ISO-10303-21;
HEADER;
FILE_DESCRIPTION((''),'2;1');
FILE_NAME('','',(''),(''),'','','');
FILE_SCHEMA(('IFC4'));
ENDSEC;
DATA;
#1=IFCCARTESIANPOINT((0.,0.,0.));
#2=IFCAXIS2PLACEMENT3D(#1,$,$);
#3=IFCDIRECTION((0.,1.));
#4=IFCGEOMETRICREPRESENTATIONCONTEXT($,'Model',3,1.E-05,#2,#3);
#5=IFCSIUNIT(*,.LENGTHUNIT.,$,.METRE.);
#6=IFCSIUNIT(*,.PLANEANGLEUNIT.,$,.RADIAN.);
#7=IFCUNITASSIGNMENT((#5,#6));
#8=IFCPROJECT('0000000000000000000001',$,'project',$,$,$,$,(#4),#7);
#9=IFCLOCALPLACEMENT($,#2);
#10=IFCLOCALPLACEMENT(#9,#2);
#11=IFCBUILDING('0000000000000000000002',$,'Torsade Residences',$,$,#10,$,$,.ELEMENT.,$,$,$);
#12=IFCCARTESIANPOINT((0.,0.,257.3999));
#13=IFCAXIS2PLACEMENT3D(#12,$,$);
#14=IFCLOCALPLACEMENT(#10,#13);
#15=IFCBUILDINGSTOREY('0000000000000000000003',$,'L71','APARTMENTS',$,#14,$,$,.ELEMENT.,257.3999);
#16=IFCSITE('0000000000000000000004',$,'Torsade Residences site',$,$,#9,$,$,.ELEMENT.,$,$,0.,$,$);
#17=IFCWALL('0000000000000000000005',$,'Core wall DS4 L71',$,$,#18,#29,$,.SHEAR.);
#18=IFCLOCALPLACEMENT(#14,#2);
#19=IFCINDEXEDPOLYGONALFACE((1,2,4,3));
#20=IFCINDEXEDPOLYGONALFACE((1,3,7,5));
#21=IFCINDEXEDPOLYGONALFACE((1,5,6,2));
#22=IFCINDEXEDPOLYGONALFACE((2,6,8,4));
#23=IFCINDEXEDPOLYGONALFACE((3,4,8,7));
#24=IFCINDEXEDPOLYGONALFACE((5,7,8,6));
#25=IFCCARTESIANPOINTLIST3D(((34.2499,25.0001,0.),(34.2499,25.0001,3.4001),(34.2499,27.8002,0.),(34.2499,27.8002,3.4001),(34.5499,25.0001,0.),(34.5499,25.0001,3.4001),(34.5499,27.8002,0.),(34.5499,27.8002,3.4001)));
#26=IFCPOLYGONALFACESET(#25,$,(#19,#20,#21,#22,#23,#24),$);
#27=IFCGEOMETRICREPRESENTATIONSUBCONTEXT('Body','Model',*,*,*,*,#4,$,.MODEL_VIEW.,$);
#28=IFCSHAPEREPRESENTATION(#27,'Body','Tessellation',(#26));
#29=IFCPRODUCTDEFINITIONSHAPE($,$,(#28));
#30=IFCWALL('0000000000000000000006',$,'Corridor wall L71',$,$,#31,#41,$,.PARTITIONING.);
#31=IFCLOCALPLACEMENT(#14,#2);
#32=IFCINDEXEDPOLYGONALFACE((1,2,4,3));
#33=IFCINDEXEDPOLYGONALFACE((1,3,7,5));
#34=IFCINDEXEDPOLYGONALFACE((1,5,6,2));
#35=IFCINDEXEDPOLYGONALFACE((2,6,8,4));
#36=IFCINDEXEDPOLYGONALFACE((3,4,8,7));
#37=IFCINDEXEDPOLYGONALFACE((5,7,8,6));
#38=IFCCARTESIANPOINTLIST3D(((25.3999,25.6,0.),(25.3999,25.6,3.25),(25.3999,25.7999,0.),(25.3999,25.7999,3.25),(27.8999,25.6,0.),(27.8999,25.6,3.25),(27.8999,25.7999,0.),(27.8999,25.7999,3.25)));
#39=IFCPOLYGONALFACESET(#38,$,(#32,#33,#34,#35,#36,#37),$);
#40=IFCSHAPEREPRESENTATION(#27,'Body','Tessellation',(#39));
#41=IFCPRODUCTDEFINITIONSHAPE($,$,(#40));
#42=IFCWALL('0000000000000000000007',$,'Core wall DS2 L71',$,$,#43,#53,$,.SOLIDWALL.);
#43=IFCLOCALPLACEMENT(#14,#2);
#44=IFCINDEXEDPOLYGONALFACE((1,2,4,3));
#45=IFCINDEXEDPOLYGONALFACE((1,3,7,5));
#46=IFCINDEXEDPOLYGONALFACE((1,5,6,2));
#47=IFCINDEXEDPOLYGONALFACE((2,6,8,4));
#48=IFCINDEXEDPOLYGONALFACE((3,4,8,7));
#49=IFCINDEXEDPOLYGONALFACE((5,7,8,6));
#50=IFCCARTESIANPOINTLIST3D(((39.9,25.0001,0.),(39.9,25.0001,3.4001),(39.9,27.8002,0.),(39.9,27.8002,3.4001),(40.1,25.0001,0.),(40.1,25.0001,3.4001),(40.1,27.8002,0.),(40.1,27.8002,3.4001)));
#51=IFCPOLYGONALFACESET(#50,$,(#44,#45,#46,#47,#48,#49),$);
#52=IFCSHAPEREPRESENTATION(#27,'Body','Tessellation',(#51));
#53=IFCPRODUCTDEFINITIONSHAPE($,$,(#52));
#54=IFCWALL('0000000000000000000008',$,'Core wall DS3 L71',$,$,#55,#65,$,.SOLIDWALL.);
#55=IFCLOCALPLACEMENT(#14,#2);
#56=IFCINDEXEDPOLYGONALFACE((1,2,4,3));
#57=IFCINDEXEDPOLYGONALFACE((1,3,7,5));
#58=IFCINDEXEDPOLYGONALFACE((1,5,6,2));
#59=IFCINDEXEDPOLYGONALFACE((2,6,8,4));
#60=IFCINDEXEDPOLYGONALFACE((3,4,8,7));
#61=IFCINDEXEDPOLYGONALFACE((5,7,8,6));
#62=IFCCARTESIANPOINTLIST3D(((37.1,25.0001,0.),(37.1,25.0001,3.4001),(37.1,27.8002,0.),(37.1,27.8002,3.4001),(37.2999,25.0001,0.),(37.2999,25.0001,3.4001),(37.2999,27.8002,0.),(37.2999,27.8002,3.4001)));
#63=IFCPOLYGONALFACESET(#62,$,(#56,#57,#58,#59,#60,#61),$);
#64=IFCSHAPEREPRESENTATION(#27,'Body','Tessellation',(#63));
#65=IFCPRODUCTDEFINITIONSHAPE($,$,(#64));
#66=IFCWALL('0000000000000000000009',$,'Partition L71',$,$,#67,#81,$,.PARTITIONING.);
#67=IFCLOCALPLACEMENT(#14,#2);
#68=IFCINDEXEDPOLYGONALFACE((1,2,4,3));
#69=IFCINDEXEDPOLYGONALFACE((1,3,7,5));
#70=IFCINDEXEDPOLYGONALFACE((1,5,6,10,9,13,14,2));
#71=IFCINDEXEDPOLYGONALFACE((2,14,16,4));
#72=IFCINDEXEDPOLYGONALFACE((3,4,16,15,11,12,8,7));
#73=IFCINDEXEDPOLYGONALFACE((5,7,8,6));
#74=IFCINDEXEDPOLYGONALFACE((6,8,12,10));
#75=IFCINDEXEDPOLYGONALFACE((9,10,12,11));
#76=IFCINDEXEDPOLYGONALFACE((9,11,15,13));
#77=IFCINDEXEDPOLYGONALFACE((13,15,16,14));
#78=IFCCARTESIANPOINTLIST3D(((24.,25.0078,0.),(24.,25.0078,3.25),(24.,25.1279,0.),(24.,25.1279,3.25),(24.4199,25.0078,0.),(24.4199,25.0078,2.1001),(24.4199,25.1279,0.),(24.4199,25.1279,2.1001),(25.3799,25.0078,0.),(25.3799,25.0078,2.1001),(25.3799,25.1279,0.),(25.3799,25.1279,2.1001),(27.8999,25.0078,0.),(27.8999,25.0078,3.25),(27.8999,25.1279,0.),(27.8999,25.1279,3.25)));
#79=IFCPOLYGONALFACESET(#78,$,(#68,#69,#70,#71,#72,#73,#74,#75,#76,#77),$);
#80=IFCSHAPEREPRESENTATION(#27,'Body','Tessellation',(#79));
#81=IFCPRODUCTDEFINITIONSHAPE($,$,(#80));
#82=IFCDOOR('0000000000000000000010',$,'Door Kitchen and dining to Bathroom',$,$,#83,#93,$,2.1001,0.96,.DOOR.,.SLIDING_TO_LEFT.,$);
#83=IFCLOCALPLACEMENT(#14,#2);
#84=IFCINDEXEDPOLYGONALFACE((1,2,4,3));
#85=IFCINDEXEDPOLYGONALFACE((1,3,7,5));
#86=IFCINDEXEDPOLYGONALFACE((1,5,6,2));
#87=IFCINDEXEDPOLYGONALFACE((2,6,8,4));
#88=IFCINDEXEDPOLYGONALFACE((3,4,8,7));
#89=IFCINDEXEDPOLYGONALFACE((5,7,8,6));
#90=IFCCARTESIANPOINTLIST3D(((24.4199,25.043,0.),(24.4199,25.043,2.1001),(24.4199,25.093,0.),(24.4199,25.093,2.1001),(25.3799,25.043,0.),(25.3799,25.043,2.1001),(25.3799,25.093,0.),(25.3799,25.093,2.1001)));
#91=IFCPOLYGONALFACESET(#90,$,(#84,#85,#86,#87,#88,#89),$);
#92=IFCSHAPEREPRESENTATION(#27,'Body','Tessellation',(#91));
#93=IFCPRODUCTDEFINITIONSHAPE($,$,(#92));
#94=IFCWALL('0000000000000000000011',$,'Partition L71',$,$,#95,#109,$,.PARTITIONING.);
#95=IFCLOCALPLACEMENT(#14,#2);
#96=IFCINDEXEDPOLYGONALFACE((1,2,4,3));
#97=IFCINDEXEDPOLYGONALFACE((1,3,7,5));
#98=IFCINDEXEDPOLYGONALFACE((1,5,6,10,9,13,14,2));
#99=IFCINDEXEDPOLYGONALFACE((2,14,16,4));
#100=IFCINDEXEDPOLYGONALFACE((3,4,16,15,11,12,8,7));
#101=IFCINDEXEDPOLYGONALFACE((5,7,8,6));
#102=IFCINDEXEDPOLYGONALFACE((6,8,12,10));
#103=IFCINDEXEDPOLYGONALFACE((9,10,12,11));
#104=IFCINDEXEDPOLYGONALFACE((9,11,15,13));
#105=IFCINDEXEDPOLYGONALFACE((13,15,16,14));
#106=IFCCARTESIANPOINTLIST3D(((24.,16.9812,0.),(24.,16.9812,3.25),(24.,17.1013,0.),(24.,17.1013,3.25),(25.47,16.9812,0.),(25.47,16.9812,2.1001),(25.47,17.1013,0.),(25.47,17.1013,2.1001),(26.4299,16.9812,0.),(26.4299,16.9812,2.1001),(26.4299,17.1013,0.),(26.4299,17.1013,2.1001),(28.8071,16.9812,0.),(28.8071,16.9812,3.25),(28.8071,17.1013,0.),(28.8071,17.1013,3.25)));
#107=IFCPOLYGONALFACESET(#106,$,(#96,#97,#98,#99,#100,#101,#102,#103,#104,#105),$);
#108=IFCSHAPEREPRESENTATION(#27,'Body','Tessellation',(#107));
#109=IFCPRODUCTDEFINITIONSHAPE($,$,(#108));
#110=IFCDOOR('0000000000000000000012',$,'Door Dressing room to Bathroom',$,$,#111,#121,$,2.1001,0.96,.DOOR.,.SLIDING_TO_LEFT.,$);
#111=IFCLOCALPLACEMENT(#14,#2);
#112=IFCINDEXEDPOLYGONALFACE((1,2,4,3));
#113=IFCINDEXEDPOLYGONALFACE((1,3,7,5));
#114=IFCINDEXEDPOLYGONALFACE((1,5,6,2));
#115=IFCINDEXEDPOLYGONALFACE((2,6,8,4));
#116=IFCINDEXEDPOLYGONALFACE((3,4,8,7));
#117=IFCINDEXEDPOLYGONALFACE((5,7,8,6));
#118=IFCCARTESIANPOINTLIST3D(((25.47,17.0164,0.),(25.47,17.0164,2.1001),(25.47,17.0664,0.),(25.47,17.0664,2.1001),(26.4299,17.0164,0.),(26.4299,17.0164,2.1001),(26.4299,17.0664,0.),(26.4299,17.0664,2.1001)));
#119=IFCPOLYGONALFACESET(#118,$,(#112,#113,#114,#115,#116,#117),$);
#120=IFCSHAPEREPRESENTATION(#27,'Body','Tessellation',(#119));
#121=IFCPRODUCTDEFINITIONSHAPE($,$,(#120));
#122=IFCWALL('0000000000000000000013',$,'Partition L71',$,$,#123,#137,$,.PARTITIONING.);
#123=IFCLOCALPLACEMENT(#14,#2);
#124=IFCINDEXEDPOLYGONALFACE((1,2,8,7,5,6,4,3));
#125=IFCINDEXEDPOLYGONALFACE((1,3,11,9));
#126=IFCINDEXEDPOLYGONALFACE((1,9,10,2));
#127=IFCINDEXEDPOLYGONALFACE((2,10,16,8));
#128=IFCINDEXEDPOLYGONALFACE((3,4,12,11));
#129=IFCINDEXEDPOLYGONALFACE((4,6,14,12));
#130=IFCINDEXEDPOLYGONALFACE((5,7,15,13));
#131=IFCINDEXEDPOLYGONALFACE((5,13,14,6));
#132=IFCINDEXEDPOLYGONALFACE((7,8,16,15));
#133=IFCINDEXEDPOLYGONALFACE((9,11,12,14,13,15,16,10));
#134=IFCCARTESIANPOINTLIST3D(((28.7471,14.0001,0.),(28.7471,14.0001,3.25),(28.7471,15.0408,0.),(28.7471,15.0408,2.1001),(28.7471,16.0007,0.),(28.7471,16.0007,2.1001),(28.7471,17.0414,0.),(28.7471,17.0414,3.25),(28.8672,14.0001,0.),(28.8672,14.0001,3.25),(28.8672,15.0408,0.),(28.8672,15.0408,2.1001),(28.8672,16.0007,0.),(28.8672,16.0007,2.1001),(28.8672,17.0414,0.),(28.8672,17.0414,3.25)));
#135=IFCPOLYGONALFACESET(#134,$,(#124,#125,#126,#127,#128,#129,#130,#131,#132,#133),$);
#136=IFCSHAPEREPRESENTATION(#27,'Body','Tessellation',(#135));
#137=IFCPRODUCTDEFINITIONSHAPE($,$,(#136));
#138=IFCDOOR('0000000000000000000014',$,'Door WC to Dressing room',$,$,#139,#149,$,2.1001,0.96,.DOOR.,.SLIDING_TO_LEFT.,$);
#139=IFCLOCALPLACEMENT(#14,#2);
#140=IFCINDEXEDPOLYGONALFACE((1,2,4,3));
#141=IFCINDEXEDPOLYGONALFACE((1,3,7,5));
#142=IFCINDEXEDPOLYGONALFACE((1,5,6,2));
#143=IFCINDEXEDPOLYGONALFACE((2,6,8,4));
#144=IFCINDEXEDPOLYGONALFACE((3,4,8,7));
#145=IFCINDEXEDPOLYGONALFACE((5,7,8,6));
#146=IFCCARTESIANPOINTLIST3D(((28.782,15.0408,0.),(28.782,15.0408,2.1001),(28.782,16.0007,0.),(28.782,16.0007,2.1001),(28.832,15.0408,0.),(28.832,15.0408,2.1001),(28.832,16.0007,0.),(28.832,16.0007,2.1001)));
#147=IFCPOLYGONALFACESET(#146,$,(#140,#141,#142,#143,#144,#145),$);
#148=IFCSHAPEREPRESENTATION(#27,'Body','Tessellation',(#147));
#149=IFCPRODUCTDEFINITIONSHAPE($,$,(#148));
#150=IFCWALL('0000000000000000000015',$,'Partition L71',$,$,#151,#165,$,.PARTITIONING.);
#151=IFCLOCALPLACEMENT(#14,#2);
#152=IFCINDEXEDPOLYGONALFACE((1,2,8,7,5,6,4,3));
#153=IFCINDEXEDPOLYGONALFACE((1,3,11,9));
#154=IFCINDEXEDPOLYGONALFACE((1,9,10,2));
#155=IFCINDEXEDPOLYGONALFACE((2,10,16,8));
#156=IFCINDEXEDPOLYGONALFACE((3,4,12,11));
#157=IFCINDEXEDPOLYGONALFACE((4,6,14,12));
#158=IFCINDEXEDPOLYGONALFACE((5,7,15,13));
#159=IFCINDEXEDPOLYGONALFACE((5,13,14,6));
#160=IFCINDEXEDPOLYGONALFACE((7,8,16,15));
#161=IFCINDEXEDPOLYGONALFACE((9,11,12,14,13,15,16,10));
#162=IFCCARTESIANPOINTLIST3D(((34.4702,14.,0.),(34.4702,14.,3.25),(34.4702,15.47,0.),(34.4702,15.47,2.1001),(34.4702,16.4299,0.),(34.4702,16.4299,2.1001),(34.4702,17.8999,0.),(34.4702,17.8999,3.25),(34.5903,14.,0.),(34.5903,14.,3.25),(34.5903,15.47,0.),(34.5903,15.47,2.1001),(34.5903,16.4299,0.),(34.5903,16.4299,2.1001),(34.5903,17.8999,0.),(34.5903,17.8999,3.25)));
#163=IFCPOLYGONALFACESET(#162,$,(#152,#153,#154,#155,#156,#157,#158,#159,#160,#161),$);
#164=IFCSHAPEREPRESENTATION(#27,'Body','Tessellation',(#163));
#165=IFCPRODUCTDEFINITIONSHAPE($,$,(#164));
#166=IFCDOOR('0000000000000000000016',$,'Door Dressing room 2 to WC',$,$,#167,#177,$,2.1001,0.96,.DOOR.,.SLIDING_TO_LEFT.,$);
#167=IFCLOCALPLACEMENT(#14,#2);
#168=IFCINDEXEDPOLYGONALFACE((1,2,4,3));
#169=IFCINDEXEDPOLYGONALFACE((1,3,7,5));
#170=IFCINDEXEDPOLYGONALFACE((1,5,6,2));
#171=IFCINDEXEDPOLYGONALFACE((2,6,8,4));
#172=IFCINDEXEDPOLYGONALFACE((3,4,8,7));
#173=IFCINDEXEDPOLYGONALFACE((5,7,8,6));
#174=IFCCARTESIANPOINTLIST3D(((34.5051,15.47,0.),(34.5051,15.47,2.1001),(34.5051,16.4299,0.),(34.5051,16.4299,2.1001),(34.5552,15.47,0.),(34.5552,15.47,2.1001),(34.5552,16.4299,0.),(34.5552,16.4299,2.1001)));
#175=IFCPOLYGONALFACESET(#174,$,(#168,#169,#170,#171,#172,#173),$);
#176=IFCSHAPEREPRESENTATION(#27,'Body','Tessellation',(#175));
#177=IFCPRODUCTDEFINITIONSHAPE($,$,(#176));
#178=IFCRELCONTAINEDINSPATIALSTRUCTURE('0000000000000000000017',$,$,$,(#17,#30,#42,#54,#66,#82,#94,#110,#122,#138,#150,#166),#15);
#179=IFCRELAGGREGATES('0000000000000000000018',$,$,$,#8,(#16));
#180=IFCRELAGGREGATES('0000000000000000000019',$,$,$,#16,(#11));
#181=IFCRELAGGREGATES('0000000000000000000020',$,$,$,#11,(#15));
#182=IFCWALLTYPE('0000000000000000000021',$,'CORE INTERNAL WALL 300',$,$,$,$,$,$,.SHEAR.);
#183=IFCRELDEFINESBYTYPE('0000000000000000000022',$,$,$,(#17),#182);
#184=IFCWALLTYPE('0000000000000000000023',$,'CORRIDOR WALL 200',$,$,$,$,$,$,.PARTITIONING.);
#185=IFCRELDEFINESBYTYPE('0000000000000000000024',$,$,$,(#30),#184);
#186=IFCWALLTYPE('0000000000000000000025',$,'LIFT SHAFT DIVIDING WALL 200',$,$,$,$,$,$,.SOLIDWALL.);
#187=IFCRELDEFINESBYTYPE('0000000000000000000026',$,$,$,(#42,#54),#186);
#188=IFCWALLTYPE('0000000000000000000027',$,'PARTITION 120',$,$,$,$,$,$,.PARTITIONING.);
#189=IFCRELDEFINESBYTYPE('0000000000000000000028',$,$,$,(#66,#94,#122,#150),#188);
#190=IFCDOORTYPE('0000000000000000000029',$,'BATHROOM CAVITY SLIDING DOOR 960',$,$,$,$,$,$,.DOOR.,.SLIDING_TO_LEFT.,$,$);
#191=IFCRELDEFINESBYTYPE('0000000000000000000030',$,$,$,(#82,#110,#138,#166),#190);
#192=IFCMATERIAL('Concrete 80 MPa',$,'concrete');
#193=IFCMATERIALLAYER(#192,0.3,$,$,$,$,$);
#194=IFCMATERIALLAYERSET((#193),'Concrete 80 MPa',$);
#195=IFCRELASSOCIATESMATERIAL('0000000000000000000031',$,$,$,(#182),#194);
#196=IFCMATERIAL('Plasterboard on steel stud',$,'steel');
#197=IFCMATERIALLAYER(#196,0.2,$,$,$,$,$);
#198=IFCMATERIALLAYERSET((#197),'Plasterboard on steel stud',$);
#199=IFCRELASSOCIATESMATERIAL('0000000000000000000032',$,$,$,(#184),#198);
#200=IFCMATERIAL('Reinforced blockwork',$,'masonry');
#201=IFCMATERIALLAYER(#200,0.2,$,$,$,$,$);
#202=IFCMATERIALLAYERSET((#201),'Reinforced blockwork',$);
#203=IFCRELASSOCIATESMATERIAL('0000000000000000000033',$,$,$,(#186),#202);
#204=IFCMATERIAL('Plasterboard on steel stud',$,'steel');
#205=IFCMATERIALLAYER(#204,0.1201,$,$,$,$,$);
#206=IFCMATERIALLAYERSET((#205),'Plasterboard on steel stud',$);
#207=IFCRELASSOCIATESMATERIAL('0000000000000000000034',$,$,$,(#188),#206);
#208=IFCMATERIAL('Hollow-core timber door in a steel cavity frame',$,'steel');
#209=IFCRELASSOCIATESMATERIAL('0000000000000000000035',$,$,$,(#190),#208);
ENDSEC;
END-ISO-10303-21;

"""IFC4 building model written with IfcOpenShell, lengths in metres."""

from ifc_helpers import new_model, si_unit, direction, frame, frame_2d, origin, place, context, subcontext, project, spatial, rectangle, extrude, material, layer, layer_set, type_object, element, fill, save


model = new_model("IFC4")

# Units and contexts
model_context = context("Model", 3, precision=1e-05, world=origin(), true_north=direction((0.0, 1.0)))
body_context = subcontext(model_context, "Body", "Model", "MODEL_VIEW")
ifc_project = project(units=[si_unit("LENGTHUNIT", "METRE"), si_unit("PLANEANGLEUNIT", "RADIAN")], contexts=[model_context])

# Site, building, storey
site_placement = place(None, origin())
site = spatial("IfcSite", under=ifc_project, at=site_placement, Name="Torsade Residences site", CompositionType="ELEMENT", RefElevation=0.0)
building_placement = place(site_placement, origin())
building = spatial("IfcBuilding", under=site, at=building_placement, Name="Torsade Residences", CompositionType="ELEMENT")
storey_placement = place(building_placement, frame((0.0, 0.0, 257.3999)))
storey = spatial("IfcBuildingStorey", under=building, at=storey_placement, Name="L71", Description="APARTMENTS", CompositionType="ELEMENT", Elevation=257.3999)

# Walls
ifc_material_1 = material(Name="Concrete 80 MPa", Category="concrete")
ifc_layer_1 = layer(ifc_material_1, 0.3)
ifc_layer_set_1 = layer_set([ifc_layer_1], Name="Concrete 80 MPa")
wall_type_1 = type_object("IfcWallType", Name="CORE INTERNAL WALL 300", PredefinedType="SHEAR", material=ifc_layer_set_1)
wall_1_placement = place(storey_placement, frame((34.3999, 27.8, 0.0), z_axis=(0.0, 0.0, 1.0), x_axis=(0.0, -1.0, 0.0)))
element("IfcWall", 1, at=wall_1_placement, inside=storey, type_object=wall_type_1, Name="Core wall DS4 L71", PredefinedType="SHEAR", context=body_context, shape_type="SweptSolid", body=[
    extrude(rectangle(XDim=2.8, YDim=0.3, at=frame_2d((1.3999, 0.0))), origin(), (0.0, 0.0, 1.0), 3.4001),
])
ifc_material_2 = material(Name="Plasterboard on steel stud", Category="steel")
ifc_layer_2 = layer(ifc_material_2, 0.2)
ifc_layer_set_2 = layer_set([ifc_layer_2], Name="Plasterboard on steel stud")
wall_type_2 = type_object("IfcWallType", Name="CORRIDOR WALL 200", PredefinedType="PARTITIONING", material=ifc_layer_set_2)
wall_2_placement = place(storey_placement, frame((27.8999, 25.7, 0.0), z_axis=(0.0, 0.0, 1.0), x_axis=(-1.0, 0.0, 0.0)))
element("IfcWall", 2, at=wall_2_placement, inside=storey, type_object=wall_type_2, Name="Corridor wall L71", PredefinedType="PARTITIONING", context=body_context, shape_type="SweptSolid", body=[
    extrude(rectangle(XDim=2.5, YDim=0.2, at=frame_2d((1.25, 0.0))), origin(), (0.0, 0.0, 1.0), 3.25),
])
ifc_material_3 = material(Name="Reinforced blockwork", Category="masonry")
ifc_layer_3 = layer(ifc_material_3, 0.2)
ifc_layer_set_3 = layer_set([ifc_layer_3], Name="Reinforced blockwork")
wall_type_3 = type_object("IfcWallType", Name="LIFT SHAFT DIVIDING WALL 200", PredefinedType="SOLIDWALL", material=ifc_layer_set_3)
for number, where, z_axis, x_axis, name in (
    (3, (40.0, 27.8, 0.0), (0.0, 0.0, 1.0), (0.0, -1.0, 0.0), "Core wall DS2 L71"),
    (4, (37.2, 27.8, 0.0), (0.0, 0.0, 1.0), (0.0, -1.0, 0.0), "Core wall DS3 L71"),
):
    element("IfcWall", number, at=place(storey_placement, frame(where, z_axis=z_axis, x_axis=x_axis)), inside=storey, type_object=wall_type_3, Name=name, PredefinedType="SOLIDWALL", context=body_context, shape_type="SweptSolid", body=[
        extrude(rectangle(XDim=2.8, YDim=0.2, at=frame_2d((1.3999, 0.0))), origin(), (0.0, 0.0, 1.0), 3.4001),
    ])

# Walls, openings, doors
ifc_material_4 = material(Name="Plasterboard on steel stud", Category="steel")
ifc_layer_4 = layer(ifc_material_4, 0.1201)
ifc_layer_set_4 = layer_set([ifc_layer_4], Name="Plasterboard on steel stud")
wall_type_4 = type_object("IfcWallType", Name="PARTITION 120", PredefinedType="PARTITIONING", material=ifc_layer_set_4)
wall_3_placement = place(storey_placement, frame((27.8999, 25.0679, 0.0), z_axis=(0.0, 0.0, 1.0), x_axis=(-1.0, 0.0, 0.0)))
wall_3 = element("IfcWall", 5, at=wall_3_placement, inside=storey, type_object=wall_type_4, Name="Partition L71", PredefinedType="PARTITIONING", context=body_context, shape_type="SweptSolid", body=[
    extrude(rectangle(XDim=3.8999, YDim=0.1201, at=frame_2d((1.95, 0.0))), origin(), (0.0, 0.0, 1.0), 3.25),
])
opening_1_placement = place(wall_3_placement, frame((2.52, 0.0, 0.0)))
opening_1 = element("IfcOpeningElement", 6, at=opening_1_placement, cuts=wall_3, PredefinedType="OPENING", context=body_context, shape_type="SweptSolid", body=[
    extrude(rectangle(XDim=0.96, YDim=2.1001, at=frame_2d((0.48, 1.05))), frame((0.0, 0.0701, 0.0), z_axis=(0.0, -1.0, 0.0), x_axis=(1.0, 0.0, 0.0)), (0.0, 0.0, 1.0), 0.1401),
])
ifc_material_5 = material(Name="Hollow-core timber door in a steel cavity frame", Category="steel")
door_type_1 = type_object("IfcDoorType", Name="BATHROOM CAVITY SLIDING DOOR 960", OperationType="SLIDING_TO_LEFT", PredefinedType="DOOR", material=ifc_material_5)
door_1_placement = place(opening_1_placement, origin())
door_1 = element("IfcDoor", 7, at=door_1_placement, inside=storey, type_object=door_type_1, Name="Door Kitchen and dining to Bathroom", OperationType="SLIDING_TO_LEFT", OverallHeight=2.1001, OverallWidth=0.96, PredefinedType="DOOR", context=body_context, shape_type="SweptSolid", body=[
    extrude(rectangle(XDim=0.96, YDim=2.1001, at=frame_2d((0.48, 1.05))), frame((0.0, 0.0249, 0.0), z_axis=(0.0, -1.0, 0.0), x_axis=(1.0, 0.0, 0.0)), (0.0, 0.0, 1.0), 0.05),
])
fill(opening_1, door_1)
wall_4_placement = place(storey_placement, frame((28.8071, 17.0413, 0.0), z_axis=(0.0, 0.0, 1.0), x_axis=(-1.0, 0.0, 0.0)))
wall_4 = element("IfcWall", 8, at=wall_4_placement, inside=storey, type_object=wall_type_4, Name="Partition L71", PredefinedType="PARTITIONING", context=body_context, shape_type="SweptSolid", body=[
    extrude(rectangle(XDim=4.8071, YDim=0.1201, at=frame_2d((2.4036, 0.0))), origin(), (0.0, 0.0, 1.0), 3.25),
])
opening_2_placement = place(wall_4_placement, frame((2.3772, 0.0, 0.0)))
opening_2 = element("IfcOpeningElement", 9, at=opening_2_placement, cuts=wall_4, PredefinedType="OPENING", context=body_context, shape_type="SweptSolid", body=[
    extrude(rectangle(XDim=0.96, YDim=2.1001, at=frame_2d((0.48, 1.05))), frame((0.0, 0.0701, 0.0), z_axis=(0.0, -1.0, 0.0), x_axis=(1.0, 0.0, 0.0)), (0.0, 0.0, 1.0), 0.1401),
])
door_2_placement = place(opening_2_placement, origin())
door_2 = element("IfcDoor", 10, at=door_2_placement, inside=storey, type_object=door_type_1, Name="Door Dressing room to Bathroom", OperationType="SLIDING_TO_LEFT", OverallHeight=2.1001, OverallWidth=0.96, PredefinedType="DOOR", context=body_context, shape_type="SweptSolid", body=[
    extrude(rectangle(XDim=0.96, YDim=2.1001, at=frame_2d((0.48, 1.05))), frame((0.0, 0.0249, 0.0), z_axis=(0.0, -1.0, 0.0), x_axis=(1.0, 0.0, 0.0)), (0.0, 0.0, 1.0), 0.05),
])
fill(opening_2, door_2)
wall_5_placement = place(storey_placement, frame((28.8071, 17.0413, 0.0), z_axis=(0.0, 0.0, 1.0), x_axis=(0.0, -1.0, 0.0)))
wall_5 = element("IfcWall", 11, at=wall_5_placement, inside=storey, type_object=wall_type_4, Name="Partition L71", PredefinedType="PARTITIONING", context=body_context, shape_type="SweptSolid", body=[
    extrude(rectangle(XDim=3.0413, YDim=0.1201, at=frame_2d((1.5205, 0.0))), origin(), (0.0, 0.0, 1.0), 3.25),
])
opening_3_placement = place(wall_5_placement, frame((1.0405, 0.0, 0.0)))
opening_3 = element("IfcOpeningElement", 12, at=opening_3_placement, cuts=wall_5, PredefinedType="OPENING", context=body_context, shape_type="SweptSolid", body=[
    extrude(rectangle(XDim=0.96, YDim=2.1001, at=frame_2d((0.48, 1.05))), frame((0.0, 0.0701, 0.0), z_axis=(0.0, -1.0, 0.0), x_axis=(1.0, 0.0, 0.0)), (0.0, 0.0, 1.0), 0.1401),
])
door_3_placement = place(opening_3_placement, origin())
door_3 = element("IfcDoor", 13, at=door_3_placement, inside=storey, type_object=door_type_1, Name="Door WC to Dressing room", OperationType="SLIDING_TO_LEFT", OverallHeight=2.1001, OverallWidth=0.96, PredefinedType="DOOR", context=body_context, shape_type="SweptSolid", body=[
    extrude(rectangle(XDim=0.96, YDim=2.1001, at=frame_2d((0.48, 1.05))), frame((0.0, 0.0249, 0.0), z_axis=(0.0, -1.0, 0.0), x_axis=(1.0, 0.0, 0.0)), (0.0, 0.0, 1.0), 0.05),
])
fill(opening_3, door_3)
wall_6_placement = place(storey_placement, frame((34.5303, 17.8999, 0.0), z_axis=(0.0, 0.0, 1.0), x_axis=(0.0, -1.0, 0.0)))
wall_6 = element("IfcWall", 14, at=wall_6_placement, inside=storey, type_object=wall_type_4, Name="Partition L71", PredefinedType="PARTITIONING", context=body_context, shape_type="SweptSolid", body=[
    extrude(rectangle(XDim=3.8999, YDim=0.1201, at=frame_2d((1.95, 0.0))), origin(), (0.0, 0.0, 1.0), 3.25),
])
opening_4_placement = place(wall_6_placement, frame((1.47, 0.0, 0.0)))
opening_4 = element("IfcOpeningElement", 15, at=opening_4_placement, cuts=wall_6, PredefinedType="OPENING", context=body_context, shape_type="SweptSolid", body=[
    extrude(rectangle(XDim=0.96, YDim=2.1001, at=frame_2d((0.48, 1.05))), frame((0.0, 0.0701, 0.0), z_axis=(0.0, -1.0, 0.0), x_axis=(1.0, 0.0, 0.0)), (0.0, 0.0, 1.0), 0.1401),
])
door_4_placement = place(opening_4_placement, origin())
door_4 = element("IfcDoor", 16, at=door_4_placement, inside=storey, type_object=door_type_1, Name="Door Dressing room 2 to WC", OperationType="SLIDING_TO_LEFT", OverallHeight=2.1001, OverallWidth=0.96, PredefinedType="DOOR", context=body_context, shape_type="SweptSolid", body=[
    extrude(rectangle(XDim=0.96, YDim=2.1001, at=frame_2d((0.48, 1.05))), frame((0.0, 0.0249, 0.0), z_axis=(0.0, -1.0, 0.0), x_axis=(1.0, 0.0, 0.0)), (0.0, 0.0, 1.0), 0.05),
])
fill(opening_4, door_4)

save(model, "model.ifc")
